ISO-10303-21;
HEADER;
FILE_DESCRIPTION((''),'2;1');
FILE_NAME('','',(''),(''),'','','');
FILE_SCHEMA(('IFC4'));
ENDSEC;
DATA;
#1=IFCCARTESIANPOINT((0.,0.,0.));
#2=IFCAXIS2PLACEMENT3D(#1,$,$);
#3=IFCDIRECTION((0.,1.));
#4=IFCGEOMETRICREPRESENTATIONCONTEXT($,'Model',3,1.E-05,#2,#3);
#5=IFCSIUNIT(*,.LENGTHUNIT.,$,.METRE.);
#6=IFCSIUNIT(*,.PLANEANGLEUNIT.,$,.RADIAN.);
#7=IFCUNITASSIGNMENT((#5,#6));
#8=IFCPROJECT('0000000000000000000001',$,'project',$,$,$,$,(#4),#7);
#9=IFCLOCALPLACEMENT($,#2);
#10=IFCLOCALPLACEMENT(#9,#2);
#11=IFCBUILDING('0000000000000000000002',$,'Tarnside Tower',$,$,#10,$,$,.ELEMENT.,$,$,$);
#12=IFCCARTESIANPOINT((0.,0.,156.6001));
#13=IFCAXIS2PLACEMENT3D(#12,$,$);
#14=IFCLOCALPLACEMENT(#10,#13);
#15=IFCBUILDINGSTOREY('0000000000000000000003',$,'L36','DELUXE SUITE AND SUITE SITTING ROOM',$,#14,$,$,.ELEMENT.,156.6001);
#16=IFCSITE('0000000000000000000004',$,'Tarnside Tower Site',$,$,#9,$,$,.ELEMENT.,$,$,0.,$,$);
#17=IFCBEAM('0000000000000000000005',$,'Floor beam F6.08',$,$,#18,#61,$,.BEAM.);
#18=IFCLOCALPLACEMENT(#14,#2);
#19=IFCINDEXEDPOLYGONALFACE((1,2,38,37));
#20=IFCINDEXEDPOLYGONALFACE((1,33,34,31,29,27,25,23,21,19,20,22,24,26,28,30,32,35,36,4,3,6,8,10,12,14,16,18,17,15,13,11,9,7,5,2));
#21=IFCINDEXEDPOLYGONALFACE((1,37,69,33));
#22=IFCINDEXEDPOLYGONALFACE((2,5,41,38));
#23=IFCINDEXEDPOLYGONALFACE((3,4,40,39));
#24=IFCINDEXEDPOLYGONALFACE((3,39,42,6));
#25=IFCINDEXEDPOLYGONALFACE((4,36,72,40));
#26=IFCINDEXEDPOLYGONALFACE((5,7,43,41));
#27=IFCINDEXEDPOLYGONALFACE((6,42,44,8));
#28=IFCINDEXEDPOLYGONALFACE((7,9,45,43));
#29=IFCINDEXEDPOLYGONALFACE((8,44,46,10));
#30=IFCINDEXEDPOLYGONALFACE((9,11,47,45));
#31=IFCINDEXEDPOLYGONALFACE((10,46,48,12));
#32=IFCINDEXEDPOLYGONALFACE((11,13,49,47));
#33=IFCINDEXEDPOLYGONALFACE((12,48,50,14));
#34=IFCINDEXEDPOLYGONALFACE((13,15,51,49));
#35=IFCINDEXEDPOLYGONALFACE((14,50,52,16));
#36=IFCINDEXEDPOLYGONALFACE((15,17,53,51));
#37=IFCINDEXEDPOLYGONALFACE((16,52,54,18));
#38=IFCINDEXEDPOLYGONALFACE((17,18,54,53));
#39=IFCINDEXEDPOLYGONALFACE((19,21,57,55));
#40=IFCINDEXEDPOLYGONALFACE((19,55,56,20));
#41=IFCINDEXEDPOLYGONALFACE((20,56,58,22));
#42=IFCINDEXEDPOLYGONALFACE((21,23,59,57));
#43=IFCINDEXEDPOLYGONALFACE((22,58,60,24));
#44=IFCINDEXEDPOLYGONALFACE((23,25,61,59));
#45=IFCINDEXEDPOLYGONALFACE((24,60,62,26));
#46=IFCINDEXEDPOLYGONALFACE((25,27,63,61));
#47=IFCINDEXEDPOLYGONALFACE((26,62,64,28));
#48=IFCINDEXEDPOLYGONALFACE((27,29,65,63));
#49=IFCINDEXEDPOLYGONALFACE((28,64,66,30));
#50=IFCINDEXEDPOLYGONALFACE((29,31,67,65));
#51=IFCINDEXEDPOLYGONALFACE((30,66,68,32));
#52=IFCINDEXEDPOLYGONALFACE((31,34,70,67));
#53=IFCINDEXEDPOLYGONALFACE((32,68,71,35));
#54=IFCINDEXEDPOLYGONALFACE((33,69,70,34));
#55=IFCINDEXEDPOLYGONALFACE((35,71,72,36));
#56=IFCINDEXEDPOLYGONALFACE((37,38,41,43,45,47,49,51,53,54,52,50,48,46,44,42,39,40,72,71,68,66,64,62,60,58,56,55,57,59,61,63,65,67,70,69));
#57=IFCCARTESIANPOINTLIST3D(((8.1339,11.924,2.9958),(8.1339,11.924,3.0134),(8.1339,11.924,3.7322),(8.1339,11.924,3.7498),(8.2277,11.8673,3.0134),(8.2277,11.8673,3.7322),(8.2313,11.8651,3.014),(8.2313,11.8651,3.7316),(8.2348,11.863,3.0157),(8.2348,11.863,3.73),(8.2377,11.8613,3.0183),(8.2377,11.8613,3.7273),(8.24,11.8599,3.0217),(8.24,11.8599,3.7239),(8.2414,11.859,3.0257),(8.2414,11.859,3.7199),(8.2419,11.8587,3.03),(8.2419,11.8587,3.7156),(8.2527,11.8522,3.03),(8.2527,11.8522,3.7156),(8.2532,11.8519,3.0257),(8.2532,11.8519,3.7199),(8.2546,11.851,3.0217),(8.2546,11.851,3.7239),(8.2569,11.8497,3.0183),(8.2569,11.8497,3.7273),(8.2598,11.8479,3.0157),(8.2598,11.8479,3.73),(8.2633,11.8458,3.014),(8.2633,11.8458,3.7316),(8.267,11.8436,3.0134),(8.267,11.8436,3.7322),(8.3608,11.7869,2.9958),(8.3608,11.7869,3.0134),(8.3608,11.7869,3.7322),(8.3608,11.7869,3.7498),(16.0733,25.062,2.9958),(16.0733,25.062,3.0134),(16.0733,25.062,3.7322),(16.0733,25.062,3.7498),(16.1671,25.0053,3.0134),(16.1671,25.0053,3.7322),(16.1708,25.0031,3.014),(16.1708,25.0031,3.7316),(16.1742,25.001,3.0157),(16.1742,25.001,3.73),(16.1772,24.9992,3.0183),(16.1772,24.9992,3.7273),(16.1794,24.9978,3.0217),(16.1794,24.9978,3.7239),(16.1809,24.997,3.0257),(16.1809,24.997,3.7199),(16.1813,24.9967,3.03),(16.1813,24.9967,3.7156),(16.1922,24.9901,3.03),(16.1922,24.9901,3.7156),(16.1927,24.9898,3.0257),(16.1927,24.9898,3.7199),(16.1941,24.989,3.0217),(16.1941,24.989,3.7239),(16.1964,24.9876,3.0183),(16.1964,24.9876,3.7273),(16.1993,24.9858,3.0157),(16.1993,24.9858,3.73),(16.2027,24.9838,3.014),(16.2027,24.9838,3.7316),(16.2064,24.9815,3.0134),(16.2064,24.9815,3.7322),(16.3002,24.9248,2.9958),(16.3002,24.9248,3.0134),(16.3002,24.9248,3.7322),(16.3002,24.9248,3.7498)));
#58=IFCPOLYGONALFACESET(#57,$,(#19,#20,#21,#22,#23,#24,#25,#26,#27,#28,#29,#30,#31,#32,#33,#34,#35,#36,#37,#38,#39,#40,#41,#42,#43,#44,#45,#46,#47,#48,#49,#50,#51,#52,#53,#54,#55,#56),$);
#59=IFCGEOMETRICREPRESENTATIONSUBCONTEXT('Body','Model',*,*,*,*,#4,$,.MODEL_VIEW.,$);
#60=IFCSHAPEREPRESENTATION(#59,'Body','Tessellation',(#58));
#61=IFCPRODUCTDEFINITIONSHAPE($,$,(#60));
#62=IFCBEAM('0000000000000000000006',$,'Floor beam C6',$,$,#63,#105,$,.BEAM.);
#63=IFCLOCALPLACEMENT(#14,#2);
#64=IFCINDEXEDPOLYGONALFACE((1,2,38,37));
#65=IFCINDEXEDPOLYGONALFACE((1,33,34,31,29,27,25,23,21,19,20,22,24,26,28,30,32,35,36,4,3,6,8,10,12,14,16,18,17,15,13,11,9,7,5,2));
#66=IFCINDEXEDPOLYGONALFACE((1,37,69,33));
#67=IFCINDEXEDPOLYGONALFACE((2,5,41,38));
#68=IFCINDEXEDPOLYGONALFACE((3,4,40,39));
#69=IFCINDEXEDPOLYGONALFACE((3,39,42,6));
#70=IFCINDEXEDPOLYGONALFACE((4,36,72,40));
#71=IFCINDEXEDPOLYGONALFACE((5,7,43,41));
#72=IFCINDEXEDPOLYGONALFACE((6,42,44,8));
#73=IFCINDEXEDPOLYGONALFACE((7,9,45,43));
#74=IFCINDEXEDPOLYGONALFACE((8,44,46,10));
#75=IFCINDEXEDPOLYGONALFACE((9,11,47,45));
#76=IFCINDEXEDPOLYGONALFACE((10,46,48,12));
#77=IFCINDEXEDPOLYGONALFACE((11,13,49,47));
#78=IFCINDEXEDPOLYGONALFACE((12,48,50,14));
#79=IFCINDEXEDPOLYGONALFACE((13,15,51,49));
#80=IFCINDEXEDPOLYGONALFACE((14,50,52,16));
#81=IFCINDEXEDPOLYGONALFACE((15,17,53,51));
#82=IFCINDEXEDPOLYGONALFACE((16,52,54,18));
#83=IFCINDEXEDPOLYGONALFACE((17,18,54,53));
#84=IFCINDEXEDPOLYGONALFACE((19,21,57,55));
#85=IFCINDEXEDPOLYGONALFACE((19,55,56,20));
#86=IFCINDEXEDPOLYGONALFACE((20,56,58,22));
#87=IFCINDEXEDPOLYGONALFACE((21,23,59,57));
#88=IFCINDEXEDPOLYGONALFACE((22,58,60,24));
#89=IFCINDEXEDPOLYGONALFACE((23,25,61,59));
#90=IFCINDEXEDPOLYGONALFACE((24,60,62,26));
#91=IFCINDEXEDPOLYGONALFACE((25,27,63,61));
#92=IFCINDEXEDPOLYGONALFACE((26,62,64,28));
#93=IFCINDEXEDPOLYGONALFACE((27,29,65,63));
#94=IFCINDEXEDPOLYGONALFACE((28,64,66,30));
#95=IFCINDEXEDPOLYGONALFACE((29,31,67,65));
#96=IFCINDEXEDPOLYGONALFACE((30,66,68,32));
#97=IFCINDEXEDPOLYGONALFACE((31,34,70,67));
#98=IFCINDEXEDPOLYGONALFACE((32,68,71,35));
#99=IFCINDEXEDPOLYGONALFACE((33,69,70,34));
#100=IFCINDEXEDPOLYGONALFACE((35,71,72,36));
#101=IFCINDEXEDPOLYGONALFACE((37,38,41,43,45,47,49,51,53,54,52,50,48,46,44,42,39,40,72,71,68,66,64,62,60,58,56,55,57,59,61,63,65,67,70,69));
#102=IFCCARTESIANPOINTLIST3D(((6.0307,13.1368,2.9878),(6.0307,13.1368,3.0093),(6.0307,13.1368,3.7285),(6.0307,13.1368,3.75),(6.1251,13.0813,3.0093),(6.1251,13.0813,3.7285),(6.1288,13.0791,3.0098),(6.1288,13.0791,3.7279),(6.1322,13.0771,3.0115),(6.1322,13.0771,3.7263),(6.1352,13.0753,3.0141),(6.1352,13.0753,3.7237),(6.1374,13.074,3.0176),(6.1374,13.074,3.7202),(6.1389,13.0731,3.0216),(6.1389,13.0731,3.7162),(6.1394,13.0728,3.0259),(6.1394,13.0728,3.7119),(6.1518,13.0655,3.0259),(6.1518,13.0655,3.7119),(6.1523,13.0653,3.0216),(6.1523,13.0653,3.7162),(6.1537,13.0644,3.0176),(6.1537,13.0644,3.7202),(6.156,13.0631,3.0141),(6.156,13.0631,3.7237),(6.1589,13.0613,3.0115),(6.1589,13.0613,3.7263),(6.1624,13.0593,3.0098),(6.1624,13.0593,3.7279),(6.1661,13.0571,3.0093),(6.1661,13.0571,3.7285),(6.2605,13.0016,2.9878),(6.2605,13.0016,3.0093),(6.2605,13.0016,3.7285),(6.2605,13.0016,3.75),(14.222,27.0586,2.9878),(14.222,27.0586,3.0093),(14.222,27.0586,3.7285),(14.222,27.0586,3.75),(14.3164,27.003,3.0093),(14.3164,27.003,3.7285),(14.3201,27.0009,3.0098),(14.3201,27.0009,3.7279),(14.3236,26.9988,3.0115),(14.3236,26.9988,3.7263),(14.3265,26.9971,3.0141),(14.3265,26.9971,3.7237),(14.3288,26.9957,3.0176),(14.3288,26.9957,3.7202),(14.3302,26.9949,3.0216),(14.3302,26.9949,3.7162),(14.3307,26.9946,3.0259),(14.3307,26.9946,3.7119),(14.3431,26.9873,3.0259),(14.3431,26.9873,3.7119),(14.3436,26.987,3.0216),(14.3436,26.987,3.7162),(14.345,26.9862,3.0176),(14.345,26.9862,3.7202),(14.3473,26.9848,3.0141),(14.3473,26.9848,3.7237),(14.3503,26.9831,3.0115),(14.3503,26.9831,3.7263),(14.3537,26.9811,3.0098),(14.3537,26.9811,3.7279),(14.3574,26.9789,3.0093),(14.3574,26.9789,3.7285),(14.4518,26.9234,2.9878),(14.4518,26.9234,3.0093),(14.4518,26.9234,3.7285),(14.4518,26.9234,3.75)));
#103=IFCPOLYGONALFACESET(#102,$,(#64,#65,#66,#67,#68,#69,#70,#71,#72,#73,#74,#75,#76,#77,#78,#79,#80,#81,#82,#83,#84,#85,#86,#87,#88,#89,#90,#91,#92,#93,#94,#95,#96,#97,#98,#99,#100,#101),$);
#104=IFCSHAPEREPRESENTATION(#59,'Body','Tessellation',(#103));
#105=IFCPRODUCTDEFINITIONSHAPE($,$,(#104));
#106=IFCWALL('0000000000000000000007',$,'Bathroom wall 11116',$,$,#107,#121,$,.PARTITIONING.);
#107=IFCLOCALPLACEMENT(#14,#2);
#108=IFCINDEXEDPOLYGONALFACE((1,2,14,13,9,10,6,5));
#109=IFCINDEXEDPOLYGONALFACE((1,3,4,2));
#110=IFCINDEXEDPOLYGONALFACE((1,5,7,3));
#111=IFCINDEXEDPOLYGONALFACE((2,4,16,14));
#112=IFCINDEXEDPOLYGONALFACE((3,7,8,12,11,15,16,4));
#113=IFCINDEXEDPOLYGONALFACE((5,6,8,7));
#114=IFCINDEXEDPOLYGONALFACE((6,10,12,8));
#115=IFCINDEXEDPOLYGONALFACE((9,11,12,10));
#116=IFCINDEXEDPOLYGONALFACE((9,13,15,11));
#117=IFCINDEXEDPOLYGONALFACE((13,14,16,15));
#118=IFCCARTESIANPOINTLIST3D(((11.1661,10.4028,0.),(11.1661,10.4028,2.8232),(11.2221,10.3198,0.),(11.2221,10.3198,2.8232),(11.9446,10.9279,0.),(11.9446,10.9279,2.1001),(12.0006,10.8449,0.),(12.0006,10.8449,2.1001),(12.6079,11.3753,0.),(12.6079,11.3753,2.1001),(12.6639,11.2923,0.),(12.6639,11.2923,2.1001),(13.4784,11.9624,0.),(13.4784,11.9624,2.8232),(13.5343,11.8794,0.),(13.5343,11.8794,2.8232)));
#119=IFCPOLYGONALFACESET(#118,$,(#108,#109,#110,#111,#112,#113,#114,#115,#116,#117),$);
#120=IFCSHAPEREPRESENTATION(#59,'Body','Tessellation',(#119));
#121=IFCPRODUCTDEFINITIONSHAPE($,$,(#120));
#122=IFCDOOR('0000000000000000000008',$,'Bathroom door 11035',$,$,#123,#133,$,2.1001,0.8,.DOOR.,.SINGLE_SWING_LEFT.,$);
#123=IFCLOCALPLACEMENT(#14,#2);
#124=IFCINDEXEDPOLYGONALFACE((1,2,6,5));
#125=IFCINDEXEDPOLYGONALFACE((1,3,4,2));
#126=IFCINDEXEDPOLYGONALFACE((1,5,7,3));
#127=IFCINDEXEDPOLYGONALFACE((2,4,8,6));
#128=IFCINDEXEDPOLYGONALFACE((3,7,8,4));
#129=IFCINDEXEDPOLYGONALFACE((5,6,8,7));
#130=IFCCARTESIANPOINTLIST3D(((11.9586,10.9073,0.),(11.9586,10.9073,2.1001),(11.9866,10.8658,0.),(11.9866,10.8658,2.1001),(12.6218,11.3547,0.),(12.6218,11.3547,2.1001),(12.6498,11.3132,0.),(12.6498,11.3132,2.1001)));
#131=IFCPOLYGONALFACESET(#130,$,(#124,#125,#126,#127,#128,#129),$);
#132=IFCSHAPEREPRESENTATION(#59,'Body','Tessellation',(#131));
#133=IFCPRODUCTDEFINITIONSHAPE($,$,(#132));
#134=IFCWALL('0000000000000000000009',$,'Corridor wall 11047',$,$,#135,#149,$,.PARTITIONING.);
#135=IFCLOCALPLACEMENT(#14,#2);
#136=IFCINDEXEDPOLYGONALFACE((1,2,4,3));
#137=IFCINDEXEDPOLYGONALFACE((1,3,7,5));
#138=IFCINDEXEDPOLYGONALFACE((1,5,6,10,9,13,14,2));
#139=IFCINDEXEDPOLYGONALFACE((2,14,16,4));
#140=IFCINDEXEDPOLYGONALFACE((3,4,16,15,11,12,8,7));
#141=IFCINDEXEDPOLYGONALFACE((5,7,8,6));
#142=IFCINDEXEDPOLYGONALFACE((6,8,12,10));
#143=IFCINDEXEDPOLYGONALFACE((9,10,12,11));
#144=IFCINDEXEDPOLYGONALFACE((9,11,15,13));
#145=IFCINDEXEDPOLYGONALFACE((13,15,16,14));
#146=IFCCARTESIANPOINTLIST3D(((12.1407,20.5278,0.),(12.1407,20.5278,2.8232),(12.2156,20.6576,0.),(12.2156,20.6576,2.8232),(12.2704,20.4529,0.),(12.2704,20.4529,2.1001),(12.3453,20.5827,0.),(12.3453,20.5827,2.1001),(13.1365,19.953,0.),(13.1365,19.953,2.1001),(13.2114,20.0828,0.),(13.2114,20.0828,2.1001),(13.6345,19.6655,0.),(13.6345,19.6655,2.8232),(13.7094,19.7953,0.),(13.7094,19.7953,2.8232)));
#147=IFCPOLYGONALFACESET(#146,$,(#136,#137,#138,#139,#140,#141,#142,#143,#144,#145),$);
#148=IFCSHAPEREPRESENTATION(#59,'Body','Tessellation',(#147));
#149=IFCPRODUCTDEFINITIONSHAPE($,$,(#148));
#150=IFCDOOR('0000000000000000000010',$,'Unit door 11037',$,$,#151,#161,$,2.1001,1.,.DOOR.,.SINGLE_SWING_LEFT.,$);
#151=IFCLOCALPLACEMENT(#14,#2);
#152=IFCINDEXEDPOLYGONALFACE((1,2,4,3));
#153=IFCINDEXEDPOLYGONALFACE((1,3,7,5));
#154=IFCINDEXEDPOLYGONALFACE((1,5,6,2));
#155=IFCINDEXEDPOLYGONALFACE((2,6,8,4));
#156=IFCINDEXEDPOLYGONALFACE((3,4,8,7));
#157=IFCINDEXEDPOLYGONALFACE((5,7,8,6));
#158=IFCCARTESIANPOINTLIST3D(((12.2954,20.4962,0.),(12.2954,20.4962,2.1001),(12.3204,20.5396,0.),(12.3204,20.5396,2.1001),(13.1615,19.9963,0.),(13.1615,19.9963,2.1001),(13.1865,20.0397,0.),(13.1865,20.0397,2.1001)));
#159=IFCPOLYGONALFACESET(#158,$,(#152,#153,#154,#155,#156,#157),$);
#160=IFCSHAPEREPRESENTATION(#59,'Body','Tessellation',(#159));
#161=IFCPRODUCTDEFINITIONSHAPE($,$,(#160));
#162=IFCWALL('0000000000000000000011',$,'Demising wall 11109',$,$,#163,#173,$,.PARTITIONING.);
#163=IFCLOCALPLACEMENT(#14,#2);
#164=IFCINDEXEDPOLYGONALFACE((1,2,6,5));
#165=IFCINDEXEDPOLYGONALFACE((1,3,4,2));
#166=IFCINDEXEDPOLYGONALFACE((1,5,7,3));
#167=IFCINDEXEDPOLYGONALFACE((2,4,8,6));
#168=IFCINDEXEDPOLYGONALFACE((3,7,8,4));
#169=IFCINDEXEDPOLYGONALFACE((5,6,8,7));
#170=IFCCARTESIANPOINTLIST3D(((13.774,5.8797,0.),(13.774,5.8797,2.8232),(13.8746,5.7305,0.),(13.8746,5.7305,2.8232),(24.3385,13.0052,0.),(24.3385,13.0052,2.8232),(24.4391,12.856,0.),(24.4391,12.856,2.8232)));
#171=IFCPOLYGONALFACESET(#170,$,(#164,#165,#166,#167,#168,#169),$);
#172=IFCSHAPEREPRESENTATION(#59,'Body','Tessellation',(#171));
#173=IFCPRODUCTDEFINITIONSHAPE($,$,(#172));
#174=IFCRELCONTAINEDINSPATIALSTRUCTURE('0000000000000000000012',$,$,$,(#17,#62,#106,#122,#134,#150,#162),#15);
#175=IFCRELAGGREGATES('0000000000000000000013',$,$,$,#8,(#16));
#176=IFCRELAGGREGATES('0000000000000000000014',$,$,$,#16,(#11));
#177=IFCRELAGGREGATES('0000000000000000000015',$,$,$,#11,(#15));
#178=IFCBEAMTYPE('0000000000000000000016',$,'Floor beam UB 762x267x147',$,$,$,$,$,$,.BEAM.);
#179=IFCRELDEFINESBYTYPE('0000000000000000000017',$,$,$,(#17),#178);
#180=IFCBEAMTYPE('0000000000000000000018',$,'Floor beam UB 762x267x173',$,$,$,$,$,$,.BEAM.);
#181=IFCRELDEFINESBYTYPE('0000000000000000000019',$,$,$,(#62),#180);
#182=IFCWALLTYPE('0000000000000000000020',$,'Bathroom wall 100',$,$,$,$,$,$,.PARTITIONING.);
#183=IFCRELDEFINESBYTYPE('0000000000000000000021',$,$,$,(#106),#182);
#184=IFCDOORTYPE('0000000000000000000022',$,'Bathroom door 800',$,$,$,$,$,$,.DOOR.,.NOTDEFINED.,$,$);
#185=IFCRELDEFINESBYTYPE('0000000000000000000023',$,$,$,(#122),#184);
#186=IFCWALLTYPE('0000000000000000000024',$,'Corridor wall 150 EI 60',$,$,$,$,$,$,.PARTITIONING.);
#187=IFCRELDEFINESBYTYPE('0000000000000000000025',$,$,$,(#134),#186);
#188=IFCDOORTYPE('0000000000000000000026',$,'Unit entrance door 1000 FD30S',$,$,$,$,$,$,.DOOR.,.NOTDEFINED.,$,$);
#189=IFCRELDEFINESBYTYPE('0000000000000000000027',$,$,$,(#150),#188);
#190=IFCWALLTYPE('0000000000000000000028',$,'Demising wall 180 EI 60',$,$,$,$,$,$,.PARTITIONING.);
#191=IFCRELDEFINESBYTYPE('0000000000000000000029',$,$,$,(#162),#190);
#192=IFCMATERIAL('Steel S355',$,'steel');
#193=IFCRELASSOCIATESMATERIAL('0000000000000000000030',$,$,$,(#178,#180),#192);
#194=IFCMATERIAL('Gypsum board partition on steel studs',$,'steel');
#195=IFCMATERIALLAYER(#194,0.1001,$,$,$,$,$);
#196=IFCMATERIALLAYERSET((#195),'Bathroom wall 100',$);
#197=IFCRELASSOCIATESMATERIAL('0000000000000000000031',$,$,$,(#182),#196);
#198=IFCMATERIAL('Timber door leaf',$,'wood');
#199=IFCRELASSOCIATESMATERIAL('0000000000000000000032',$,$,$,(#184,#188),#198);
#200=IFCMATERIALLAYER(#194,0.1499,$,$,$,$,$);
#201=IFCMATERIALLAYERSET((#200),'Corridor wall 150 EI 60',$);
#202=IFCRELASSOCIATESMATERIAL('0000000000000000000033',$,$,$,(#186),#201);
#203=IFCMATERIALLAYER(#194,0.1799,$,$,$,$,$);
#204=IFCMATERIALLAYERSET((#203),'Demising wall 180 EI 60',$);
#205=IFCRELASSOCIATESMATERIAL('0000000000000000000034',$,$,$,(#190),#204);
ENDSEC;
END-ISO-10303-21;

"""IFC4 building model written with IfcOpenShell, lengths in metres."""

from ifc_helpers import new_model, si_unit, direction, frame, frame_2d, origin, origin_2d, place, context, subcontext, project, spatial, rectangle, i_section, extrude, material, layer, layer_set, material_profile, profile_set, type_object, element, fill, save


model = new_model("IFC4")

# Units and contexts
model_context = context("Model", 3, precision=1e-05, world=origin(), true_north=direction((0.0, 1.0)))
body_context = subcontext(model_context, "Body", "Model", "MODEL_VIEW")
ifc_project = project(units=[si_unit("LENGTHUNIT", "METRE"), si_unit("PLANEANGLEUNIT", "RADIAN")], contexts=[model_context])

# Site, building, storey
site_placement = place(None, origin())
site = spatial("IfcSite", under=ifc_project, at=site_placement, Name="Tarnside Tower Site", CompositionType="ELEMENT", RefElevation=0.0)
building_placement = place(site_placement, origin())
building = spatial("IfcBuilding", under=site, at=building_placement, Name="Tarnside Tower", CompositionType="ELEMENT")
storey_placement = place(building_placement, frame((0.0, 0.0, 156.6001)))
storey = spatial("IfcBuildingStorey", under=building, at=storey_placement, Name="L36", Description="DELUXE SUITE AND SUITE SITTING ROOM", CompositionType="ELEMENT", Elevation=156.6001)

# Beams
ifc_material_1 = material(Name="Steel S355", Category="steel")
ifc_material_profile_1 = material_profile(ifc_material_1, i_section(OverallWidth=0.2651, OverallDepth=0.7539, WebThickness=0.0127, FlangeThickness=0.0176, FilletRadius=0.0166, at=origin_2d()), Name="UB 762x267x147")
ifc_profile_set_1 = profile_set([ifc_material_profile_1], Name="Steel S355")
beam_type_1 = type_object("IfcBeamType", Name="Floor beam UB 762x267x147", PredefinedType="BEAM", material=ifc_profile_set_1)
beam_1_placement = place(storey_placement, frame((16.1868, 24.9934, 3.3728), z_axis=(-0.517209, -0.855859, 0.0), x_axis=(0.855859, -0.517209, 0.0)))
element("IfcBeam", 1, at=beam_1_placement, inside=storey, type_object=beam_type_1, Name="Floor beam F6.08", PredefinedType="BEAM", context=body_context, shape_type="SweptSolid", body=[
    extrude(i_section(OverallWidth=0.2651, OverallDepth=0.7539, WebThickness=0.0127, FlangeThickness=0.0176, FilletRadius=0.0166, at=origin_2d()), origin(), (0.0, 0.0, 1.0), 15.3506),
])
ifc_material_profile_2 = material_profile(ifc_material_1, i_section(OverallWidth=0.2666, OverallDepth=0.7622, WebThickness=0.0144, FlangeThickness=0.0215, FilletRadius=0.0166, at=origin_2d()), Name="UB 762x267x173")
ifc_profile_set_2 = profile_set([ifc_material_profile_2], Name="Steel S355")
beam_type_2 = type_object("IfcBeamType", Name="Floor beam UB 762x267x173", PredefinedType="BEAM", material=ifc_profile_set_2)
beam_2_placement = place(storey_placement, frame((14.3369, 26.991, 3.3689), z_axis=(-0.507115, -0.861878, 0.0), x_axis=(0.861878, -0.507115, 0.0)))
element("IfcBeam", 2, at=beam_2_placement, inside=storey, type_object=beam_type_2, Name="Floor beam C6", PredefinedType="BEAM", context=body_context, shape_type="SweptSolid", body=[
    extrude(i_section(OverallWidth=0.2666, OverallDepth=0.7622, WebThickness=0.0144, FlangeThickness=0.0215, FilletRadius=0.0166, at=origin_2d()), origin(), (0.0, 0.0, 1.0), 16.1528),
])

# Walls, openings, doors
ifc_material_2 = material(Name="Gypsum board partition on steel studs", Category="steel")
ifc_layer_1 = layer(ifc_material_2, 0.1001)
ifc_layer_set_1 = layer_set([ifc_layer_1], Name="Bathroom wall 100")
wall_type_1 = type_object("IfcWallType", Name="Bathroom wall 100", PredefinedType="PARTITIONING", material=ifc_layer_set_1)
wall_1_placement = place(storey_placement, frame((13.5063, 11.9209, 0.0), z_axis=(0.0, 0.0, 1.0), x_axis=(-0.829049, -0.559177, 0.0)))
wall_1 = element("IfcWall", 3, at=wall_1_placement, inside=storey, type_object=wall_type_1, Name="Bathroom wall 11116", PredefinedType="PARTITIONING", context=body_context, shape_type="SweptSolid", body=[
    extrude(rectangle(XDim=2.7891, YDim=0.1001, at=frame_2d((1.3945, 0.0))), origin(), (0.0, 0.0, 1.0), 2.8232),
])
opening_1_placement = place(wall_1_placement, frame((1.05, 0.0, 0.0)))
opening_1 = element("IfcOpeningElement", 4, at=opening_1_placement, cuts=wall_1, PredefinedType="OPENING", context=body_context, shape_type="SweptSolid", body=[
    extrude(rectangle(XDim=0.8, YDim=2.1001, at=frame_2d((0.3999, 1.05))), frame((0.0, 0.0601, 0.0), z_axis=(0.0, -1.0, 0.0), x_axis=(1.0, 0.0, 0.0)), (0.0, 0.0, 1.0), 0.1201),
])
ifc_material_3 = material(Name="Timber door leaf", Category="wood")
door_type_1 = type_object("IfcDoorType", Name="Bathroom door 800", OperationType="NOTDEFINED", PredefinedType="DOOR", material=ifc_material_3)
door_1_placement = place(opening_1_placement, origin())
door_1 = element("IfcDoor", 5, at=door_1_placement, inside=storey, type_object=door_type_1, Name="Bathroom door 11035", OperationType="SINGLE_SWING_LEFT", OverallHeight=2.1001, OverallWidth=0.8, PredefinedType="DOOR", context=body_context, shape_type="SweptSolid", body=[
    extrude(rectangle(XDim=0.8, YDim=2.1001, at=frame_2d((0.3999, 1.05))), frame((0.0, 0.0249, 0.0), z_axis=(0.0, -1.0, 0.0), x_axis=(1.0, 0.0, 0.0)), (0.0, 0.0, 1.0), 0.05),
])
fill(opening_1, door_1)
ifc_layer_2 = layer(ifc_material_2, 0.1499)
ifc_layer_set_2 = layer_set([ifc_layer_2], Name="Corridor wall 150 EI 60")
wall_type_2 = type_object("IfcWallType", Name="Corridor wall 150 EI 60", PredefinedType="PARTITIONING", material=ifc_layer_set_2)
wall_2_placement = place(storey_placement, frame((13.6719, 19.7305, 0.0), z_axis=(0.0, 0.0, 1.0), x_axis=(-0.866075, 0.499914, 0.0)))
wall_2 = element("IfcWall", 6, at=wall_2_placement, inside=storey, type_object=wall_type_2, Name="Corridor wall 11047", PredefinedType="PARTITIONING", context=body_context, shape_type="SweptSolid", body=[
    extrude(rectangle(XDim=1.7249, YDim=0.1499, at=frame_2d((0.8623, 0.0))), origin(), (0.0, 0.0, 1.0), 2.8232),
])
opening_2_placement = place(wall_2_placement, frame((0.575, 0.0, 0.0)))
opening_2 = element("IfcOpeningElement", 7, at=opening_2_placement, cuts=wall_2, PredefinedType="OPENING", context=body_context, shape_type="SweptSolid", body=[
    extrude(rectangle(XDim=1.0, YDim=2.1001, at=frame_2d((0.5, 1.05))), frame((0.0, 0.085, 0.0), z_axis=(0.0, -1.0, 0.0), x_axis=(1.0, 0.0, 0.0)), (0.0, 0.0, 1.0), 0.1699),
])
door_type_2 = type_object("IfcDoorType", Name="Unit entrance door 1000 FD30S", OperationType="NOTDEFINED", PredefinedType="DOOR", material=ifc_material_3)
door_2_placement = place(opening_2_placement, origin())
door_2 = element("IfcDoor", 8, at=door_2_placement, inside=storey, type_object=door_type_2, Name="Unit door 11037", OperationType="SINGLE_SWING_LEFT", OverallHeight=2.1001, OverallWidth=1.0, PredefinedType="DOOR", context=body_context, shape_type="SweptSolid", body=[
    extrude(rectangle(XDim=1.0, YDim=2.1001, at=frame_2d((0.5, 1.05))), frame((0.0, 0.0249, 0.0), z_axis=(0.0, -1.0, 0.0), x_axis=(1.0, 0.0, 0.0)), (0.0, 0.0, 1.0), 0.05),
])
fill(opening_2, door_2)

# Wall
ifc_layer_3 = layer(ifc_material_2, 0.1799)
ifc_layer_set_3 = layer_set([ifc_layer_3], Name="Demising wall 180 EI 60")
wall_type_3 = type_object("IfcWallType", Name="Demising wall 180 EI 60", PredefinedType="PARTITIONING", material=ifc_layer_set_3)
wall_3_placement = place(storey_placement, frame((24.3889, 12.9307, 0.0), z_axis=(0.0, 0.0, 1.0), x_axis=(-0.829049, -0.559175, 0.0)))
element("IfcWall", 9, at=wall_3_placement, inside=storey, type_object=wall_type_3, Name="Demising wall 11109", PredefinedType="PARTITIONING", context=body_context, shape_type="SweptSolid", body=[
    extrude(rectangle(XDim=12.7429, YDim=0.1799, at=frame_2d((6.3716, 0.0))), origin(), (0.0, 0.0, 1.0), 2.8232),
])

save(model, "model.ifc")
